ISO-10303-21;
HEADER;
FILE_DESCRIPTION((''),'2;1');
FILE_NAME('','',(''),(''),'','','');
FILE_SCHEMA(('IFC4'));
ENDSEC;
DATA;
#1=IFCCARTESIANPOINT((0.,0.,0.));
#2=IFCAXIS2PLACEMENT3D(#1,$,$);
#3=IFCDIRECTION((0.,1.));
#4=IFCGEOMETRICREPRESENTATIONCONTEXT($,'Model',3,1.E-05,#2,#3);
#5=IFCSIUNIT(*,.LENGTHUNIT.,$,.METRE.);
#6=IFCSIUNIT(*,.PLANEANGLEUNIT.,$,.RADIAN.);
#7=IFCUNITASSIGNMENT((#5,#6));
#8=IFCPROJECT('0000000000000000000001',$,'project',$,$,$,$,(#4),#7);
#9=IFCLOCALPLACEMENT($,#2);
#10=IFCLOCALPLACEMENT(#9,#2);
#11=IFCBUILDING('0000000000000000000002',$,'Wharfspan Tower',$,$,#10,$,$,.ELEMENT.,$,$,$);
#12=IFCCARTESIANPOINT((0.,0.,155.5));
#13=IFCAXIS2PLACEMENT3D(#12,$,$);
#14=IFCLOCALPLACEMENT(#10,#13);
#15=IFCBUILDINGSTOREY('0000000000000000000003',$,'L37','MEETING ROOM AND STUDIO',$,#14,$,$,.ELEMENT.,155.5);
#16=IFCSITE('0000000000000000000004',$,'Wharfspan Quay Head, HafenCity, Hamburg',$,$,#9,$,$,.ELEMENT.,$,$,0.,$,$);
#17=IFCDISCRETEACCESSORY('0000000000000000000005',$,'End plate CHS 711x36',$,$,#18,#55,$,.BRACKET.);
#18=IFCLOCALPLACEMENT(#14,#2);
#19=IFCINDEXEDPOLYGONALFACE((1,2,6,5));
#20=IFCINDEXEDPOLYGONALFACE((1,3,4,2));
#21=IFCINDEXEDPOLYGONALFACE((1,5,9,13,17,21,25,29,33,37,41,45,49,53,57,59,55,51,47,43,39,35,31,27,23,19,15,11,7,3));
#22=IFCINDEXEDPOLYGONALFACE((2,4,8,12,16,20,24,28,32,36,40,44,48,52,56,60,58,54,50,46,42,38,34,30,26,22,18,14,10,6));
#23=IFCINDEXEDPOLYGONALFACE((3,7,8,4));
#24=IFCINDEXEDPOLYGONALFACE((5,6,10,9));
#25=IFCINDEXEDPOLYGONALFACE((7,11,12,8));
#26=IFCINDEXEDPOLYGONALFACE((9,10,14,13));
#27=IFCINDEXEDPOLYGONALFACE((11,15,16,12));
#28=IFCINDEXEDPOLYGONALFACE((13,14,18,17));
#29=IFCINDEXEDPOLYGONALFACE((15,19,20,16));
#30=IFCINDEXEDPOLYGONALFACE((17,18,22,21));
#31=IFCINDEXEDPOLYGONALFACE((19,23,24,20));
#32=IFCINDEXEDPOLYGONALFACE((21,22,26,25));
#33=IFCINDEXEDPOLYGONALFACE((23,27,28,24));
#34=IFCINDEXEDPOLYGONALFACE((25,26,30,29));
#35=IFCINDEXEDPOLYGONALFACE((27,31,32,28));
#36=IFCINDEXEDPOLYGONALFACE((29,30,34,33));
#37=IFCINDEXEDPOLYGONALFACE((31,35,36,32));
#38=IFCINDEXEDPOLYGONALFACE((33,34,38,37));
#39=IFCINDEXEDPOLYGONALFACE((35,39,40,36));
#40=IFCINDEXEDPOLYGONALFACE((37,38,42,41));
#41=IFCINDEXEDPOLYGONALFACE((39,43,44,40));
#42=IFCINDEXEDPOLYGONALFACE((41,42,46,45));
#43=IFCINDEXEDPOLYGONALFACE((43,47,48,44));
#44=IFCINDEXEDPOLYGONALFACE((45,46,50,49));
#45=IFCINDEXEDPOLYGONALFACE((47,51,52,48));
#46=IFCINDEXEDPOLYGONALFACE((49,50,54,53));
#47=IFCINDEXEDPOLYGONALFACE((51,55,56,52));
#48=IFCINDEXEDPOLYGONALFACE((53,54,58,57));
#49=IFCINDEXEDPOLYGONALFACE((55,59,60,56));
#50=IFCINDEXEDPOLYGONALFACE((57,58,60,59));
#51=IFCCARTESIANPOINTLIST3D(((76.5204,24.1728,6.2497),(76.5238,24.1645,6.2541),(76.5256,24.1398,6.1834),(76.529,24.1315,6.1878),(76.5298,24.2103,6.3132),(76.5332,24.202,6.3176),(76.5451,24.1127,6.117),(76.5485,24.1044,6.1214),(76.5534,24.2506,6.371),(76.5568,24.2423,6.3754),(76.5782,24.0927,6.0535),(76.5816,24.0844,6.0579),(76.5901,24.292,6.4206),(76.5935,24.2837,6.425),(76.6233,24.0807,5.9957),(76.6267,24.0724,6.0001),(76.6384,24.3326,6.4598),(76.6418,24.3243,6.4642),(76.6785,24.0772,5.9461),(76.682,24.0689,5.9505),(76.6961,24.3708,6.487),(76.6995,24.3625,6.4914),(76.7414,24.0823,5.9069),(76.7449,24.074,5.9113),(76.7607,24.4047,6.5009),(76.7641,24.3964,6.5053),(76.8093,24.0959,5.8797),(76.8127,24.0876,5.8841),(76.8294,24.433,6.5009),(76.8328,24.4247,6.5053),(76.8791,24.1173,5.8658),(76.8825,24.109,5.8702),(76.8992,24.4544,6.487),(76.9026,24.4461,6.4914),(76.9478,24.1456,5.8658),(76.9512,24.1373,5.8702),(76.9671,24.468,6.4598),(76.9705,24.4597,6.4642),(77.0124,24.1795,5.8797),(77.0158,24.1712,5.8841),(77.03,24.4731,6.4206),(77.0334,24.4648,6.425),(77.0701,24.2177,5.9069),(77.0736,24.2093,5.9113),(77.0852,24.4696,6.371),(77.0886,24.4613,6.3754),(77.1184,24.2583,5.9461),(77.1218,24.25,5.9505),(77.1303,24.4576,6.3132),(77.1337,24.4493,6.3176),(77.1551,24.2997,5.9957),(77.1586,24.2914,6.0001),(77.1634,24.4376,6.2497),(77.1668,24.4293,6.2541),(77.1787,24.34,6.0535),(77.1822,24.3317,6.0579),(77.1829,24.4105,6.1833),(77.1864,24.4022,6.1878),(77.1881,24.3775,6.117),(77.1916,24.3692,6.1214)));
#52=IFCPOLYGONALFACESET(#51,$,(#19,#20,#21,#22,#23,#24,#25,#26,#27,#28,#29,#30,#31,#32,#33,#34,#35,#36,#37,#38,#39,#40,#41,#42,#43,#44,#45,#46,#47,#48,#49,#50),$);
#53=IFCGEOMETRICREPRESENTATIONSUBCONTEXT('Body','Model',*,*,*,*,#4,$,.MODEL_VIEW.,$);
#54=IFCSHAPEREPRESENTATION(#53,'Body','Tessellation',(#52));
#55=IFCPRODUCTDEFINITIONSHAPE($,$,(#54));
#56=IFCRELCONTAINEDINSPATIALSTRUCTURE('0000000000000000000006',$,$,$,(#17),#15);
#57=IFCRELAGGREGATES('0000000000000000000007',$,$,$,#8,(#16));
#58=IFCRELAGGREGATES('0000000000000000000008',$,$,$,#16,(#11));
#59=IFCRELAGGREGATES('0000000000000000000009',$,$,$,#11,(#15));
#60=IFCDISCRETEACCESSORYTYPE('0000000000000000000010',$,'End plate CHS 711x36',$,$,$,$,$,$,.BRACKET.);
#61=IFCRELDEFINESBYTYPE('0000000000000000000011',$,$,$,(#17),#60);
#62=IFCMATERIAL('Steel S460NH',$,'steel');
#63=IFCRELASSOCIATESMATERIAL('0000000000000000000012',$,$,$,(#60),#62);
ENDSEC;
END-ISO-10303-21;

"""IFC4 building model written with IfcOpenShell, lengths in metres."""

from ifc_helpers import new_model, si_unit, direction, frame, origin, origin_2d, place, context, subcontext, project, spatial, circle, extrude, material, material_profile, profile_set, type_object, element, save


model = new_model("IFC4")

# Units and contexts
model_context = context("Model", 3, precision=1e-05, world=origin(), true_north=direction((0.0, 1.0)))
body_context = subcontext(model_context, "Body", "Model", "MODEL_VIEW")
ifc_project = project(units=[si_unit("LENGTHUNIT", "METRE"), si_unit("PLANEANGLEUNIT", "RADIAN")], contexts=[model_context])

# Site, building, storey
site_placement = place(None, origin())
site = spatial("IfcSite", under=ifc_project, at=site_placement, Name="Wharfspan Quay Head, HafenCity, Hamburg", CompositionType="ELEMENT", RefElevation=0.0)
building_placement = place(site_placement, origin())
building = spatial("IfcBuilding", under=site, at=building_placement, Name="Wharfspan Tower", CompositionType="ELEMENT")
storey_placement = place(building_placement, frame((0.0, 0.0, 155.5)))
storey = spatial("IfcBuildingStorey", under=building, at=storey_placement, Name="L37", Description="MEETING ROOM AND STUDIO", CompositionType="ELEMENT", Elevation=155.5)

# Discrete accessory
ifc_material_1 = material(Name="Steel S460NH", Category="steel")
ifc_material_profile_1 = material_profile(ifc_material_1, circle(Radius=0.3555, at=origin_2d()))
ifc_profile_set_1 = profile_set([ifc_material_profile_1], Name="Steel S460NH")
discrete_accessory_type = type_object("IfcDiscreteAccessoryType", Name="End plate CHS 711x36", PredefinedType="BRACKET", material=ifc_profile_set_1)
for number, where, z_axis, x_axis, name in (
    (1, (76.8542, 24.2751, 6.1833), (0.341972, -0.830504, 0.439679), (0.924678, 0.380749, -0.000001), "End plate CHS 711x36"),
):
    element("IfcDiscreteAccessory", number, at=place(storey_placement, frame(where, z_axis=z_axis, x_axis=x_axis)), inside=storey, type_object=discrete_accessory_type, Name=name, PredefinedType="BRACKET", context=body_context, shape_type="SweptSolid", body=[
        extrude(circle(Radius=0.3555, at=origin_2d()), origin(), (0.0, 0.0, 1.0), 0.01),
    ])

save(model, "model.ifc")
